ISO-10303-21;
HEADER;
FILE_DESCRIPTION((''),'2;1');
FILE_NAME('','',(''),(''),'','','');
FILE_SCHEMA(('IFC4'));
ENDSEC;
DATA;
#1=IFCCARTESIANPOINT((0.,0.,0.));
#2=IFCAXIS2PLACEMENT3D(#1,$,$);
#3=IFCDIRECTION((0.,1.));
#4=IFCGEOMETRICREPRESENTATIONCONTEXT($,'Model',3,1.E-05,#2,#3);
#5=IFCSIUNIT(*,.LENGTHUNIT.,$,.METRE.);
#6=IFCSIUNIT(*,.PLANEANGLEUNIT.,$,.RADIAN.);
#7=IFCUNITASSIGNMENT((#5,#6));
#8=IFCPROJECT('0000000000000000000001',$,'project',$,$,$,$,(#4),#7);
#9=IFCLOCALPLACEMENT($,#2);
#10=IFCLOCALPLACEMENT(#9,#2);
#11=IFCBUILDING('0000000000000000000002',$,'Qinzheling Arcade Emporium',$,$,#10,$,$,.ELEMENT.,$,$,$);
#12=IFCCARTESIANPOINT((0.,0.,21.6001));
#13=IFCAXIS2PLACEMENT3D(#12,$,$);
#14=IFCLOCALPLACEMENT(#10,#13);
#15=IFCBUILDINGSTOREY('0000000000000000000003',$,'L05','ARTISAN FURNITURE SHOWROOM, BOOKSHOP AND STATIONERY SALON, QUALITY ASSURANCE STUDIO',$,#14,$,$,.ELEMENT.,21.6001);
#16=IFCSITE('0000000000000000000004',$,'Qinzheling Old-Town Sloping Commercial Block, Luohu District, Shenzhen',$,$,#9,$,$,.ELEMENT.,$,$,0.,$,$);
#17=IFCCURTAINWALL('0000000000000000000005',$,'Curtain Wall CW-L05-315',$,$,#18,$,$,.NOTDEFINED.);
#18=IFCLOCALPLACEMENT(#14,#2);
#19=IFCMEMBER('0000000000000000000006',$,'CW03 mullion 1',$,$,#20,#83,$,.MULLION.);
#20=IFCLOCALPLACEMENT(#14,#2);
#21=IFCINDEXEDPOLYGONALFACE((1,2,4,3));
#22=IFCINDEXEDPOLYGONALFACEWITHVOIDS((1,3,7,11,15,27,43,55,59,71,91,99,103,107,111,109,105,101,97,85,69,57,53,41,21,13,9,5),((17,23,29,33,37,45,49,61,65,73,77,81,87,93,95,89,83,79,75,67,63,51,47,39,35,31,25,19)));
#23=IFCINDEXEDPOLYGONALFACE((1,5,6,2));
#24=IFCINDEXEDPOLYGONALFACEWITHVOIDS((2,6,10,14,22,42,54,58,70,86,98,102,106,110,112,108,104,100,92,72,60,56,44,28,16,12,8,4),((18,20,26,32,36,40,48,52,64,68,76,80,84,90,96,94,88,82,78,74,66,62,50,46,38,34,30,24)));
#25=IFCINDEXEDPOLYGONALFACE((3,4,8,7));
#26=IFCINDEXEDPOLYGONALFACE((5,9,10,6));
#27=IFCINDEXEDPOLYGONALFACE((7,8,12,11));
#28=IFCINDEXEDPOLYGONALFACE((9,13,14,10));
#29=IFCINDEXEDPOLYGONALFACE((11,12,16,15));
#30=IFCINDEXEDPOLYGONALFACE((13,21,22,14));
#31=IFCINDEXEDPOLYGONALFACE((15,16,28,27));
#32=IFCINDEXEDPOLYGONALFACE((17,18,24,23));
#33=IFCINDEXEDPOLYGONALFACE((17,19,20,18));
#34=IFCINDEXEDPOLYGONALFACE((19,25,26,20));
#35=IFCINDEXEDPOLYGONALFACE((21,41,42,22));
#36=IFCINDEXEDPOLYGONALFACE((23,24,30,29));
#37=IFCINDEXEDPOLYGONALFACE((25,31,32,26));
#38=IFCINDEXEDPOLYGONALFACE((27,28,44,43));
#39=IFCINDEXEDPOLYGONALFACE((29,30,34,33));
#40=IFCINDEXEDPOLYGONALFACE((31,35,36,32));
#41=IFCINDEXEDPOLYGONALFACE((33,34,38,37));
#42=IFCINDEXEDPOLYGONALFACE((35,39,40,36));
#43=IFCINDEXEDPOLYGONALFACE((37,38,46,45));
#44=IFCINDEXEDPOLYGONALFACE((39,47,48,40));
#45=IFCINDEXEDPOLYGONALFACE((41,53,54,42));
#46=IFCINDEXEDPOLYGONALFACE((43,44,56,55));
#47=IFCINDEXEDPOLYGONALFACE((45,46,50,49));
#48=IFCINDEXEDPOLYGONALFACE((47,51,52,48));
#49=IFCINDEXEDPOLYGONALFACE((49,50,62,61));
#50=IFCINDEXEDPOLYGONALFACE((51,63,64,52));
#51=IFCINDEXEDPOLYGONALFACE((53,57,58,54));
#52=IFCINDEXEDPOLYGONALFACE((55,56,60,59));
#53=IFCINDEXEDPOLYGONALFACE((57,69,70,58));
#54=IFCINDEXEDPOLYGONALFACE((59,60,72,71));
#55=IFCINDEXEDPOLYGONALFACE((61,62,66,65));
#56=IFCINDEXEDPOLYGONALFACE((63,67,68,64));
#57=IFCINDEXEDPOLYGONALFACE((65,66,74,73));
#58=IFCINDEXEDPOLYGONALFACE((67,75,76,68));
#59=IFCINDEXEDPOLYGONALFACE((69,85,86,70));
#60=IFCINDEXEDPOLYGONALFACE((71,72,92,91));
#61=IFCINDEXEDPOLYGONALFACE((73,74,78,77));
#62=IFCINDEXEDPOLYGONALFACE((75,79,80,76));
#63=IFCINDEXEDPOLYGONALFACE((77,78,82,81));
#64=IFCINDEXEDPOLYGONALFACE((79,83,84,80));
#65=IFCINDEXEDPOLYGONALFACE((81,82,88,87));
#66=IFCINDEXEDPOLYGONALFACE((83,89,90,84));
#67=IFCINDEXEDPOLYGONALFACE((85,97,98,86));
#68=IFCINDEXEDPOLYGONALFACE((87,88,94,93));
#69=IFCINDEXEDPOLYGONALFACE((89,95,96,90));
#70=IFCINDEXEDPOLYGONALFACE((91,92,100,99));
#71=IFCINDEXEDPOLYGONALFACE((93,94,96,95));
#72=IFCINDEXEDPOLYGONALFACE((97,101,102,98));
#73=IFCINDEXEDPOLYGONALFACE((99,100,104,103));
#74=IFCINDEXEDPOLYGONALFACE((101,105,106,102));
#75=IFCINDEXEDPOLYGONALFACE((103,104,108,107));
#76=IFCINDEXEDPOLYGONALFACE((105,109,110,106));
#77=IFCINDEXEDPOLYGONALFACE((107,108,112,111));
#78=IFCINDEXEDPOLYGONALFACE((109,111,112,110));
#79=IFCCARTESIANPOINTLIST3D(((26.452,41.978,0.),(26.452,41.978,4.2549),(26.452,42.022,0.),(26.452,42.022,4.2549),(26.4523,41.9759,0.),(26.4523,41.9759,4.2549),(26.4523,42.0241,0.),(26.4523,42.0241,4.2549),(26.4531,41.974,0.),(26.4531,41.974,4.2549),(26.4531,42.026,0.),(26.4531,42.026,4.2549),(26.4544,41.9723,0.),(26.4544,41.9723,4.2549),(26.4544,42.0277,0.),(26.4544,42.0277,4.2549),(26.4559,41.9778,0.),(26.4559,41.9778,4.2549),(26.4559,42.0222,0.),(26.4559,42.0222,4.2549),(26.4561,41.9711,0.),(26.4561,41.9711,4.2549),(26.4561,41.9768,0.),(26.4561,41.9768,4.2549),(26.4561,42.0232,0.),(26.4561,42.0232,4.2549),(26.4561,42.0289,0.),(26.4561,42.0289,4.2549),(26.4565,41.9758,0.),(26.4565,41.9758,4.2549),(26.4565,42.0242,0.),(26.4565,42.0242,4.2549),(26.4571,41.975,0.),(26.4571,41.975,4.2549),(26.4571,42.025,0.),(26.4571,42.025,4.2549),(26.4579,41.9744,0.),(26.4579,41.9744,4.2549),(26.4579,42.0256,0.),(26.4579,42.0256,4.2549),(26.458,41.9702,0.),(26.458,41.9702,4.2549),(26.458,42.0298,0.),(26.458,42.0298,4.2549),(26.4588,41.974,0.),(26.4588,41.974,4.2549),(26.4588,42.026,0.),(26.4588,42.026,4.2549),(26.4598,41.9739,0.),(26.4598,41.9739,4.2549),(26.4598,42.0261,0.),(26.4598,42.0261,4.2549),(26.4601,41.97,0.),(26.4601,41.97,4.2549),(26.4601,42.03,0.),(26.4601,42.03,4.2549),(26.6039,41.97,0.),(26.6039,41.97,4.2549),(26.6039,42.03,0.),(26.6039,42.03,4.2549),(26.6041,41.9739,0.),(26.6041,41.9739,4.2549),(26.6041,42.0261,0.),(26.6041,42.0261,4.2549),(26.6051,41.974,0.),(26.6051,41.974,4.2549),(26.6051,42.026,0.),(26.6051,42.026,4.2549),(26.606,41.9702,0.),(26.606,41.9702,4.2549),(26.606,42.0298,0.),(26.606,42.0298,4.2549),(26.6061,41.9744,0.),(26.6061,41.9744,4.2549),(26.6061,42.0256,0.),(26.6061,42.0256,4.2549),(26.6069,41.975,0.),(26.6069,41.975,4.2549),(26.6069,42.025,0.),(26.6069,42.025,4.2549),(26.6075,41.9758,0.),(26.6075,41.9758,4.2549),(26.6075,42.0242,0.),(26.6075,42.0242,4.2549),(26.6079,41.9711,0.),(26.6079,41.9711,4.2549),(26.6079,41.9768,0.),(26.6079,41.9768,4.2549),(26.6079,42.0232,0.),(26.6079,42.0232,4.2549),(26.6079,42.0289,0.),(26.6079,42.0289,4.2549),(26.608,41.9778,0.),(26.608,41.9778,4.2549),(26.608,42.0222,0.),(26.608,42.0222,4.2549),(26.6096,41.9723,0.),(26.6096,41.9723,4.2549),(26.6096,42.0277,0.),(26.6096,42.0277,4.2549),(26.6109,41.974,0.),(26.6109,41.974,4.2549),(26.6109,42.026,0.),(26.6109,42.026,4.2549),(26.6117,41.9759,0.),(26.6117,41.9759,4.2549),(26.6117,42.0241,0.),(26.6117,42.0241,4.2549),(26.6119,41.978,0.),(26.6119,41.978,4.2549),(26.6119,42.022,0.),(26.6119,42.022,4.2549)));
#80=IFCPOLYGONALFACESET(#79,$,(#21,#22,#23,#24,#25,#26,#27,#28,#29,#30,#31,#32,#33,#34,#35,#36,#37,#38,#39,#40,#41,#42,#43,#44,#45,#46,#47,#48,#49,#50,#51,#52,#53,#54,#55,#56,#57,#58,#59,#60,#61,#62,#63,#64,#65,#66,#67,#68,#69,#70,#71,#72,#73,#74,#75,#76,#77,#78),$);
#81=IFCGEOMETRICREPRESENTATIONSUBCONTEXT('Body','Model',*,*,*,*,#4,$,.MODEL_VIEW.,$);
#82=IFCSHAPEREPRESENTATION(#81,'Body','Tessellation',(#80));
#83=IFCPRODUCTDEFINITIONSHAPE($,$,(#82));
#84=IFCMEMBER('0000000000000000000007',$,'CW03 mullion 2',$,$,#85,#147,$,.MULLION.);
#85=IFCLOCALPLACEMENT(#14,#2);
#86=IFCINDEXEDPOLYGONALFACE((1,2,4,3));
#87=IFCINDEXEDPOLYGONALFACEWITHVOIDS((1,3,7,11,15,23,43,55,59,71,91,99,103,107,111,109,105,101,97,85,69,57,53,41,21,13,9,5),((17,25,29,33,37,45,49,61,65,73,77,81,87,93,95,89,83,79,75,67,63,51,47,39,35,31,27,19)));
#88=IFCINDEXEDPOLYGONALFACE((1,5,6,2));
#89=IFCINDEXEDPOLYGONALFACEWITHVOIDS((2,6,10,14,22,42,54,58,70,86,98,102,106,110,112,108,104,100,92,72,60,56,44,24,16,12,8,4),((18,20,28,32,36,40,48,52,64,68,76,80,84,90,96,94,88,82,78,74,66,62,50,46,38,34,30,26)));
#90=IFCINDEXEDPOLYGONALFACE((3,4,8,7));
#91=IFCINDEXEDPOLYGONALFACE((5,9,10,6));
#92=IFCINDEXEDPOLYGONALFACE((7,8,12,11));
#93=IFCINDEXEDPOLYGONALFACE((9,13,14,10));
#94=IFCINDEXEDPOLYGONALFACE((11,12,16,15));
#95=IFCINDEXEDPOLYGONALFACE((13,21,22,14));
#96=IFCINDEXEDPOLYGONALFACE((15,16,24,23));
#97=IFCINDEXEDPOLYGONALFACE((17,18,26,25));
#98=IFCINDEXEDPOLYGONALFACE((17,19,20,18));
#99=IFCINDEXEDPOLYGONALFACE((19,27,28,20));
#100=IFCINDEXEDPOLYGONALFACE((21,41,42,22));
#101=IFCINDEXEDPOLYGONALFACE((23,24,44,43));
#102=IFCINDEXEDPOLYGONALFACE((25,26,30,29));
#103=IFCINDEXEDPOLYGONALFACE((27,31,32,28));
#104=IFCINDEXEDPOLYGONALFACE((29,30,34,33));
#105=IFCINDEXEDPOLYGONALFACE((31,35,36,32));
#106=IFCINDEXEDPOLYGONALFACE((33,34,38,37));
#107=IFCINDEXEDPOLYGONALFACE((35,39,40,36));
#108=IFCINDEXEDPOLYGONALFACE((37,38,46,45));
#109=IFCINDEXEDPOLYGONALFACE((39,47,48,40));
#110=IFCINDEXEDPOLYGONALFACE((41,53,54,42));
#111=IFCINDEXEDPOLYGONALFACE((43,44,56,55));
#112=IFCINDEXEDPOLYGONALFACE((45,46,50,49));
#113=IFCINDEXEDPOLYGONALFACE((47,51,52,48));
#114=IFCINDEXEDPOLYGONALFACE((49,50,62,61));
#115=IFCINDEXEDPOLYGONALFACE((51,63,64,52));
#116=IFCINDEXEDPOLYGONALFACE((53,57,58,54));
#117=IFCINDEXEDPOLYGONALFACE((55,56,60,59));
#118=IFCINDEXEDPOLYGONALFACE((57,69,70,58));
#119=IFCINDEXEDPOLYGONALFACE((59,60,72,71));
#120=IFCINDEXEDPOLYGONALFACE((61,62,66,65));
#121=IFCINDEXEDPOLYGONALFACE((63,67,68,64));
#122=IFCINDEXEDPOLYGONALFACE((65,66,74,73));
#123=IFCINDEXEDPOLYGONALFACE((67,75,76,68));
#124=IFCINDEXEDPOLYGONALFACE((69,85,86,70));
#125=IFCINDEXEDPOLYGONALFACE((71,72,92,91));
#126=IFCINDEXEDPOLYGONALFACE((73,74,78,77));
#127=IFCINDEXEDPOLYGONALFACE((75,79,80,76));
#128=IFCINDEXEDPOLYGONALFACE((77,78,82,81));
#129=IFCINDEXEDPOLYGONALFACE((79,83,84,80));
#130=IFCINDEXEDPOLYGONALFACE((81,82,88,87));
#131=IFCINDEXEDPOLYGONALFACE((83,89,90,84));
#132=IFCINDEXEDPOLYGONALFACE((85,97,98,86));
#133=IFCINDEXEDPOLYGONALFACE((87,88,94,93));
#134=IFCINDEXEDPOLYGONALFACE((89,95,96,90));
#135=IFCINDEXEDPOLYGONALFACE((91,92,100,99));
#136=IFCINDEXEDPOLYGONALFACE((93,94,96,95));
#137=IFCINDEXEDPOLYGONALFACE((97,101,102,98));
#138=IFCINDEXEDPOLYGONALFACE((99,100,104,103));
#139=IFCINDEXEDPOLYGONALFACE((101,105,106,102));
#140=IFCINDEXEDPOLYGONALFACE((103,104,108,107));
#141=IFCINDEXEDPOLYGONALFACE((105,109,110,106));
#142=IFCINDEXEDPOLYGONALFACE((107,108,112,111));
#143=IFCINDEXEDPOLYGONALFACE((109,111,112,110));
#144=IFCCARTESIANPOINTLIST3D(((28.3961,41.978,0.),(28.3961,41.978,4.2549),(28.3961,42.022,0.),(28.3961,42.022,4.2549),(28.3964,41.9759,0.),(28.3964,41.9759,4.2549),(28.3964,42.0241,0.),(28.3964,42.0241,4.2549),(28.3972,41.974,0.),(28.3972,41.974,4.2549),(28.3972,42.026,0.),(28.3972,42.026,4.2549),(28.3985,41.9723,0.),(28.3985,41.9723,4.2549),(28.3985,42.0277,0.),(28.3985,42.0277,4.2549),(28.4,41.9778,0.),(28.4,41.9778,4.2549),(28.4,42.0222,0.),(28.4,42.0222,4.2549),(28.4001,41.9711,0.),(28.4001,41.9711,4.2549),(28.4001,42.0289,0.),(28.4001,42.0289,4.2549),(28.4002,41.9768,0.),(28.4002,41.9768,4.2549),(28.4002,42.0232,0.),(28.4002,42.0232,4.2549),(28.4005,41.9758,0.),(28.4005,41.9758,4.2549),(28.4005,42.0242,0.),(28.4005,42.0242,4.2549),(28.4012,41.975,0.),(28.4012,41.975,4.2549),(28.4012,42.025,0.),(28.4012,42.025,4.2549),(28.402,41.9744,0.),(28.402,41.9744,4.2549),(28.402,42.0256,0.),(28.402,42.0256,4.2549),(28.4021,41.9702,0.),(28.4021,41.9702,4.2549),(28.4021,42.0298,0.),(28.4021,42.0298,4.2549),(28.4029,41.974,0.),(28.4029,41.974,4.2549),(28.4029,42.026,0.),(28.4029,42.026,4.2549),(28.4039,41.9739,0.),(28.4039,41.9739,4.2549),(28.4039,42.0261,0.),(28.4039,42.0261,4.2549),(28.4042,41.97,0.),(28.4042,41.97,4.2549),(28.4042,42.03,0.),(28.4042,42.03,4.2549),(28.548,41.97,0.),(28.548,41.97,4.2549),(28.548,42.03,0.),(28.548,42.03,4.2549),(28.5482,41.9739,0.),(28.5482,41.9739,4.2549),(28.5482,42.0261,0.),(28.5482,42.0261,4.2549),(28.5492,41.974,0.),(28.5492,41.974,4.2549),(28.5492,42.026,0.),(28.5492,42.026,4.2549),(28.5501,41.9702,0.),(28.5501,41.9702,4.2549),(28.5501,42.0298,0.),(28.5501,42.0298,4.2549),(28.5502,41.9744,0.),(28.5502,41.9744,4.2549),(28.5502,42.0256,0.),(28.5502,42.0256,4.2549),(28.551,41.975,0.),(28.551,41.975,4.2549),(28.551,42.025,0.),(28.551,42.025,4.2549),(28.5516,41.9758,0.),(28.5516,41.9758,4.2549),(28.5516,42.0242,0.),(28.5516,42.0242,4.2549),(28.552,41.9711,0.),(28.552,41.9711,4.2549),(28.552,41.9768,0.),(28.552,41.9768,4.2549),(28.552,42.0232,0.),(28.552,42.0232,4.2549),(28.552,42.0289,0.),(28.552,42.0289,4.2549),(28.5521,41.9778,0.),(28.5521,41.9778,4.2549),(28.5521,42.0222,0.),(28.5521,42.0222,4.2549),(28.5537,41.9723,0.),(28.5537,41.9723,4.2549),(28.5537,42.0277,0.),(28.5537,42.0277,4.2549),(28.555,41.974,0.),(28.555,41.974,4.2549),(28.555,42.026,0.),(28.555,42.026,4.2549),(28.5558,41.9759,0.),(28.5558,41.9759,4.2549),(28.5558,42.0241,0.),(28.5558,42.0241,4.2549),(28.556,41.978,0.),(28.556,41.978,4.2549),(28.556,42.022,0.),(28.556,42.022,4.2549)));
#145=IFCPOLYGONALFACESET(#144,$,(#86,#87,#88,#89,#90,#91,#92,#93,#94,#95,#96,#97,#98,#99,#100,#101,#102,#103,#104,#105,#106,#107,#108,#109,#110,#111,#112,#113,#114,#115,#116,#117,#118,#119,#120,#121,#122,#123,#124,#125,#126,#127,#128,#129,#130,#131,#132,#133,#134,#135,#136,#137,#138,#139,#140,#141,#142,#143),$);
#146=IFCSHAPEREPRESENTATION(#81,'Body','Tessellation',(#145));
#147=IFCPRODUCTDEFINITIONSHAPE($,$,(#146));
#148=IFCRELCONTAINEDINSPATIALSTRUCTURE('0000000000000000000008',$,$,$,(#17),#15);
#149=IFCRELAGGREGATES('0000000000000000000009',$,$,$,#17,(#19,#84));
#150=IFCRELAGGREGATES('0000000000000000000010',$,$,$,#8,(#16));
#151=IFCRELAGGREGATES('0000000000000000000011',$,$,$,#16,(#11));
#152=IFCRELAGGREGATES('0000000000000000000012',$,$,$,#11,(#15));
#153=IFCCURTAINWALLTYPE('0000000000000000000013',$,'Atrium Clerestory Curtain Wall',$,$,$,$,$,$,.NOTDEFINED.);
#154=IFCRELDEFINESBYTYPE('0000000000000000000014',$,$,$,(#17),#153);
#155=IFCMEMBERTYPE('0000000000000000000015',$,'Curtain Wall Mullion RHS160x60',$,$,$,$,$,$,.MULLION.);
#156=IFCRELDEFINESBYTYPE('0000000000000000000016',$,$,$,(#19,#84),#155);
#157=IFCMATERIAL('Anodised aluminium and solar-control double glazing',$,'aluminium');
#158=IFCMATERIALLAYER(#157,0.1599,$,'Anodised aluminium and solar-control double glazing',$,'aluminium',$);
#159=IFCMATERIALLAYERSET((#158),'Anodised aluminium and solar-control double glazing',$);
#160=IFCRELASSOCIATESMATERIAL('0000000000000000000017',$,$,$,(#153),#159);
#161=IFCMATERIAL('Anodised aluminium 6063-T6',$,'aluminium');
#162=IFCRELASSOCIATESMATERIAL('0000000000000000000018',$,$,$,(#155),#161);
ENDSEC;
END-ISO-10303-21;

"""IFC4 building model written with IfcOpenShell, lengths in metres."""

from ifc_helpers import new_model, si_unit, direction, frame, origin, origin_2d, place, context, subcontext, project, spatial, hollow_rectangle, extrude, material, layer, layer_set, material_profile, profile_set, type_object, element, aggregate, save


model = new_model("IFC4")

# Units and contexts
model_context = context("Model", 3, precision=1e-05, world=origin(), true_north=direction((0.0, 1.0)))
body_context = subcontext(model_context, "Body", "Model", "MODEL_VIEW")
ifc_project = project(units=[si_unit("LENGTHUNIT", "METRE"), si_unit("PLANEANGLEUNIT", "RADIAN")], contexts=[model_context])

# Site, building, storey
site_placement = place(None, origin())
site = spatial("IfcSite", under=ifc_project, at=site_placement, Name="Qinzheling Old-Town Sloping Commercial Block, Luohu District, Shenzhen", CompositionType="ELEMENT", RefElevation=0.0)
building_placement = place(site_placement, origin())
building = spatial("IfcBuilding", under=site, at=building_placement, Name="Qinzheling Arcade Emporium", CompositionType="ELEMENT")
storey_placement = place(building_placement, frame((0.0, 0.0, 21.6001)))
storey = spatial("IfcBuildingStorey", under=building, at=storey_placement, Name="L05", Description="ARTISAN FURNITURE SHOWROOM, BOOKSHOP AND STATIONERY SALON, QUALITY ASSURANCE STUDIO", CompositionType="ELEMENT", Elevation=21.6001)

# Curtain wall, members
ifc_material_1 = material(Name="Anodised aluminium and solar-control double glazing", Category="aluminium")
ifc_layer_1 = layer(ifc_material_1, 0.1599, Name="Anodised aluminium and solar-control double glazing", Category="aluminium")
ifc_layer_set_1 = layer_set([ifc_layer_1], Name="Anodised aluminium and solar-control double glazing")
curtain_wall_type = type_object("IfcCurtainWallType", Name="Atrium Clerestory Curtain Wall", PredefinedType="NOTDEFINED", material=ifc_layer_set_1)
ifc_material_2 = material(Name="Anodised aluminium 6063-T6", Category="aluminium")
ifc_material_profile_1 = material_profile(ifc_material_2, hollow_rectangle(XDim=0.0601, YDim=0.1599, WallThickness=0.0039, InnerFilletRadius=0.0039, OuterFilletRadius=0.0081, at=origin_2d()), Name="RHS 160x60x4", Category="aluminium")
ifc_profile_set_1 = profile_set([ifc_material_profile_1], Name="Anodised aluminium 6063-T6")
member_type_1 = type_object("IfcMemberType", Name="Curtain Wall Mullion RHS160x60", PredefinedType="MULLION", material=ifc_profile_set_1)
curtain_wall_1_placement = place(storey_placement, origin())
curtain_wall_1 = element("IfcCurtainWall", 1, at=curtain_wall_1_placement, inside=storey, type_object=curtain_wall_type, Name="Curtain Wall CW-L05-315", PredefinedType="NOTDEFINED")
member_1_placement = place(storey_placement, frame((26.532, 42.0, 0.0), z_axis=(0.0, 0.0, 1.0), x_axis=(0.0, 1.0, 0.0)))
member_1 = element("IfcMember", 2, at=member_1_placement, type_object=member_type_1, Name="CW03 mullion 1", PredefinedType="MULLION", context=body_context, shape_type="SweptSolid", body=[
    extrude(hollow_rectangle(XDim=0.0601, YDim=0.1599, WallThickness=0.0039, InnerFilletRadius=0.0039, OuterFilletRadius=0.0081, at=origin_2d()), origin(), (0.0, 0.0, 1.0), 4.2549),
])
member_2_placement = place(storey_placement, frame((28.4761, 42.0, 0.0), z_axis=(0.0, 0.0, 1.0), x_axis=(0.0, 1.0, 0.0)))
member_2 = element("IfcMember", 3, at=member_2_placement, type_object=member_type_1, Name="CW03 mullion 2", PredefinedType="MULLION", context=body_context, shape_type="SweptSolid", body=[
    extrude(hollow_rectangle(XDim=0.0601, YDim=0.1599, WallThickness=0.0039, InnerFilletRadius=0.0039, OuterFilletRadius=0.0081, at=origin_2d()), origin(), (0.0, 0.0, 1.0), 4.2549),
])

aggregate(curtain_wall_1, [member_1, member_2])

save(model, "model.ifc")
